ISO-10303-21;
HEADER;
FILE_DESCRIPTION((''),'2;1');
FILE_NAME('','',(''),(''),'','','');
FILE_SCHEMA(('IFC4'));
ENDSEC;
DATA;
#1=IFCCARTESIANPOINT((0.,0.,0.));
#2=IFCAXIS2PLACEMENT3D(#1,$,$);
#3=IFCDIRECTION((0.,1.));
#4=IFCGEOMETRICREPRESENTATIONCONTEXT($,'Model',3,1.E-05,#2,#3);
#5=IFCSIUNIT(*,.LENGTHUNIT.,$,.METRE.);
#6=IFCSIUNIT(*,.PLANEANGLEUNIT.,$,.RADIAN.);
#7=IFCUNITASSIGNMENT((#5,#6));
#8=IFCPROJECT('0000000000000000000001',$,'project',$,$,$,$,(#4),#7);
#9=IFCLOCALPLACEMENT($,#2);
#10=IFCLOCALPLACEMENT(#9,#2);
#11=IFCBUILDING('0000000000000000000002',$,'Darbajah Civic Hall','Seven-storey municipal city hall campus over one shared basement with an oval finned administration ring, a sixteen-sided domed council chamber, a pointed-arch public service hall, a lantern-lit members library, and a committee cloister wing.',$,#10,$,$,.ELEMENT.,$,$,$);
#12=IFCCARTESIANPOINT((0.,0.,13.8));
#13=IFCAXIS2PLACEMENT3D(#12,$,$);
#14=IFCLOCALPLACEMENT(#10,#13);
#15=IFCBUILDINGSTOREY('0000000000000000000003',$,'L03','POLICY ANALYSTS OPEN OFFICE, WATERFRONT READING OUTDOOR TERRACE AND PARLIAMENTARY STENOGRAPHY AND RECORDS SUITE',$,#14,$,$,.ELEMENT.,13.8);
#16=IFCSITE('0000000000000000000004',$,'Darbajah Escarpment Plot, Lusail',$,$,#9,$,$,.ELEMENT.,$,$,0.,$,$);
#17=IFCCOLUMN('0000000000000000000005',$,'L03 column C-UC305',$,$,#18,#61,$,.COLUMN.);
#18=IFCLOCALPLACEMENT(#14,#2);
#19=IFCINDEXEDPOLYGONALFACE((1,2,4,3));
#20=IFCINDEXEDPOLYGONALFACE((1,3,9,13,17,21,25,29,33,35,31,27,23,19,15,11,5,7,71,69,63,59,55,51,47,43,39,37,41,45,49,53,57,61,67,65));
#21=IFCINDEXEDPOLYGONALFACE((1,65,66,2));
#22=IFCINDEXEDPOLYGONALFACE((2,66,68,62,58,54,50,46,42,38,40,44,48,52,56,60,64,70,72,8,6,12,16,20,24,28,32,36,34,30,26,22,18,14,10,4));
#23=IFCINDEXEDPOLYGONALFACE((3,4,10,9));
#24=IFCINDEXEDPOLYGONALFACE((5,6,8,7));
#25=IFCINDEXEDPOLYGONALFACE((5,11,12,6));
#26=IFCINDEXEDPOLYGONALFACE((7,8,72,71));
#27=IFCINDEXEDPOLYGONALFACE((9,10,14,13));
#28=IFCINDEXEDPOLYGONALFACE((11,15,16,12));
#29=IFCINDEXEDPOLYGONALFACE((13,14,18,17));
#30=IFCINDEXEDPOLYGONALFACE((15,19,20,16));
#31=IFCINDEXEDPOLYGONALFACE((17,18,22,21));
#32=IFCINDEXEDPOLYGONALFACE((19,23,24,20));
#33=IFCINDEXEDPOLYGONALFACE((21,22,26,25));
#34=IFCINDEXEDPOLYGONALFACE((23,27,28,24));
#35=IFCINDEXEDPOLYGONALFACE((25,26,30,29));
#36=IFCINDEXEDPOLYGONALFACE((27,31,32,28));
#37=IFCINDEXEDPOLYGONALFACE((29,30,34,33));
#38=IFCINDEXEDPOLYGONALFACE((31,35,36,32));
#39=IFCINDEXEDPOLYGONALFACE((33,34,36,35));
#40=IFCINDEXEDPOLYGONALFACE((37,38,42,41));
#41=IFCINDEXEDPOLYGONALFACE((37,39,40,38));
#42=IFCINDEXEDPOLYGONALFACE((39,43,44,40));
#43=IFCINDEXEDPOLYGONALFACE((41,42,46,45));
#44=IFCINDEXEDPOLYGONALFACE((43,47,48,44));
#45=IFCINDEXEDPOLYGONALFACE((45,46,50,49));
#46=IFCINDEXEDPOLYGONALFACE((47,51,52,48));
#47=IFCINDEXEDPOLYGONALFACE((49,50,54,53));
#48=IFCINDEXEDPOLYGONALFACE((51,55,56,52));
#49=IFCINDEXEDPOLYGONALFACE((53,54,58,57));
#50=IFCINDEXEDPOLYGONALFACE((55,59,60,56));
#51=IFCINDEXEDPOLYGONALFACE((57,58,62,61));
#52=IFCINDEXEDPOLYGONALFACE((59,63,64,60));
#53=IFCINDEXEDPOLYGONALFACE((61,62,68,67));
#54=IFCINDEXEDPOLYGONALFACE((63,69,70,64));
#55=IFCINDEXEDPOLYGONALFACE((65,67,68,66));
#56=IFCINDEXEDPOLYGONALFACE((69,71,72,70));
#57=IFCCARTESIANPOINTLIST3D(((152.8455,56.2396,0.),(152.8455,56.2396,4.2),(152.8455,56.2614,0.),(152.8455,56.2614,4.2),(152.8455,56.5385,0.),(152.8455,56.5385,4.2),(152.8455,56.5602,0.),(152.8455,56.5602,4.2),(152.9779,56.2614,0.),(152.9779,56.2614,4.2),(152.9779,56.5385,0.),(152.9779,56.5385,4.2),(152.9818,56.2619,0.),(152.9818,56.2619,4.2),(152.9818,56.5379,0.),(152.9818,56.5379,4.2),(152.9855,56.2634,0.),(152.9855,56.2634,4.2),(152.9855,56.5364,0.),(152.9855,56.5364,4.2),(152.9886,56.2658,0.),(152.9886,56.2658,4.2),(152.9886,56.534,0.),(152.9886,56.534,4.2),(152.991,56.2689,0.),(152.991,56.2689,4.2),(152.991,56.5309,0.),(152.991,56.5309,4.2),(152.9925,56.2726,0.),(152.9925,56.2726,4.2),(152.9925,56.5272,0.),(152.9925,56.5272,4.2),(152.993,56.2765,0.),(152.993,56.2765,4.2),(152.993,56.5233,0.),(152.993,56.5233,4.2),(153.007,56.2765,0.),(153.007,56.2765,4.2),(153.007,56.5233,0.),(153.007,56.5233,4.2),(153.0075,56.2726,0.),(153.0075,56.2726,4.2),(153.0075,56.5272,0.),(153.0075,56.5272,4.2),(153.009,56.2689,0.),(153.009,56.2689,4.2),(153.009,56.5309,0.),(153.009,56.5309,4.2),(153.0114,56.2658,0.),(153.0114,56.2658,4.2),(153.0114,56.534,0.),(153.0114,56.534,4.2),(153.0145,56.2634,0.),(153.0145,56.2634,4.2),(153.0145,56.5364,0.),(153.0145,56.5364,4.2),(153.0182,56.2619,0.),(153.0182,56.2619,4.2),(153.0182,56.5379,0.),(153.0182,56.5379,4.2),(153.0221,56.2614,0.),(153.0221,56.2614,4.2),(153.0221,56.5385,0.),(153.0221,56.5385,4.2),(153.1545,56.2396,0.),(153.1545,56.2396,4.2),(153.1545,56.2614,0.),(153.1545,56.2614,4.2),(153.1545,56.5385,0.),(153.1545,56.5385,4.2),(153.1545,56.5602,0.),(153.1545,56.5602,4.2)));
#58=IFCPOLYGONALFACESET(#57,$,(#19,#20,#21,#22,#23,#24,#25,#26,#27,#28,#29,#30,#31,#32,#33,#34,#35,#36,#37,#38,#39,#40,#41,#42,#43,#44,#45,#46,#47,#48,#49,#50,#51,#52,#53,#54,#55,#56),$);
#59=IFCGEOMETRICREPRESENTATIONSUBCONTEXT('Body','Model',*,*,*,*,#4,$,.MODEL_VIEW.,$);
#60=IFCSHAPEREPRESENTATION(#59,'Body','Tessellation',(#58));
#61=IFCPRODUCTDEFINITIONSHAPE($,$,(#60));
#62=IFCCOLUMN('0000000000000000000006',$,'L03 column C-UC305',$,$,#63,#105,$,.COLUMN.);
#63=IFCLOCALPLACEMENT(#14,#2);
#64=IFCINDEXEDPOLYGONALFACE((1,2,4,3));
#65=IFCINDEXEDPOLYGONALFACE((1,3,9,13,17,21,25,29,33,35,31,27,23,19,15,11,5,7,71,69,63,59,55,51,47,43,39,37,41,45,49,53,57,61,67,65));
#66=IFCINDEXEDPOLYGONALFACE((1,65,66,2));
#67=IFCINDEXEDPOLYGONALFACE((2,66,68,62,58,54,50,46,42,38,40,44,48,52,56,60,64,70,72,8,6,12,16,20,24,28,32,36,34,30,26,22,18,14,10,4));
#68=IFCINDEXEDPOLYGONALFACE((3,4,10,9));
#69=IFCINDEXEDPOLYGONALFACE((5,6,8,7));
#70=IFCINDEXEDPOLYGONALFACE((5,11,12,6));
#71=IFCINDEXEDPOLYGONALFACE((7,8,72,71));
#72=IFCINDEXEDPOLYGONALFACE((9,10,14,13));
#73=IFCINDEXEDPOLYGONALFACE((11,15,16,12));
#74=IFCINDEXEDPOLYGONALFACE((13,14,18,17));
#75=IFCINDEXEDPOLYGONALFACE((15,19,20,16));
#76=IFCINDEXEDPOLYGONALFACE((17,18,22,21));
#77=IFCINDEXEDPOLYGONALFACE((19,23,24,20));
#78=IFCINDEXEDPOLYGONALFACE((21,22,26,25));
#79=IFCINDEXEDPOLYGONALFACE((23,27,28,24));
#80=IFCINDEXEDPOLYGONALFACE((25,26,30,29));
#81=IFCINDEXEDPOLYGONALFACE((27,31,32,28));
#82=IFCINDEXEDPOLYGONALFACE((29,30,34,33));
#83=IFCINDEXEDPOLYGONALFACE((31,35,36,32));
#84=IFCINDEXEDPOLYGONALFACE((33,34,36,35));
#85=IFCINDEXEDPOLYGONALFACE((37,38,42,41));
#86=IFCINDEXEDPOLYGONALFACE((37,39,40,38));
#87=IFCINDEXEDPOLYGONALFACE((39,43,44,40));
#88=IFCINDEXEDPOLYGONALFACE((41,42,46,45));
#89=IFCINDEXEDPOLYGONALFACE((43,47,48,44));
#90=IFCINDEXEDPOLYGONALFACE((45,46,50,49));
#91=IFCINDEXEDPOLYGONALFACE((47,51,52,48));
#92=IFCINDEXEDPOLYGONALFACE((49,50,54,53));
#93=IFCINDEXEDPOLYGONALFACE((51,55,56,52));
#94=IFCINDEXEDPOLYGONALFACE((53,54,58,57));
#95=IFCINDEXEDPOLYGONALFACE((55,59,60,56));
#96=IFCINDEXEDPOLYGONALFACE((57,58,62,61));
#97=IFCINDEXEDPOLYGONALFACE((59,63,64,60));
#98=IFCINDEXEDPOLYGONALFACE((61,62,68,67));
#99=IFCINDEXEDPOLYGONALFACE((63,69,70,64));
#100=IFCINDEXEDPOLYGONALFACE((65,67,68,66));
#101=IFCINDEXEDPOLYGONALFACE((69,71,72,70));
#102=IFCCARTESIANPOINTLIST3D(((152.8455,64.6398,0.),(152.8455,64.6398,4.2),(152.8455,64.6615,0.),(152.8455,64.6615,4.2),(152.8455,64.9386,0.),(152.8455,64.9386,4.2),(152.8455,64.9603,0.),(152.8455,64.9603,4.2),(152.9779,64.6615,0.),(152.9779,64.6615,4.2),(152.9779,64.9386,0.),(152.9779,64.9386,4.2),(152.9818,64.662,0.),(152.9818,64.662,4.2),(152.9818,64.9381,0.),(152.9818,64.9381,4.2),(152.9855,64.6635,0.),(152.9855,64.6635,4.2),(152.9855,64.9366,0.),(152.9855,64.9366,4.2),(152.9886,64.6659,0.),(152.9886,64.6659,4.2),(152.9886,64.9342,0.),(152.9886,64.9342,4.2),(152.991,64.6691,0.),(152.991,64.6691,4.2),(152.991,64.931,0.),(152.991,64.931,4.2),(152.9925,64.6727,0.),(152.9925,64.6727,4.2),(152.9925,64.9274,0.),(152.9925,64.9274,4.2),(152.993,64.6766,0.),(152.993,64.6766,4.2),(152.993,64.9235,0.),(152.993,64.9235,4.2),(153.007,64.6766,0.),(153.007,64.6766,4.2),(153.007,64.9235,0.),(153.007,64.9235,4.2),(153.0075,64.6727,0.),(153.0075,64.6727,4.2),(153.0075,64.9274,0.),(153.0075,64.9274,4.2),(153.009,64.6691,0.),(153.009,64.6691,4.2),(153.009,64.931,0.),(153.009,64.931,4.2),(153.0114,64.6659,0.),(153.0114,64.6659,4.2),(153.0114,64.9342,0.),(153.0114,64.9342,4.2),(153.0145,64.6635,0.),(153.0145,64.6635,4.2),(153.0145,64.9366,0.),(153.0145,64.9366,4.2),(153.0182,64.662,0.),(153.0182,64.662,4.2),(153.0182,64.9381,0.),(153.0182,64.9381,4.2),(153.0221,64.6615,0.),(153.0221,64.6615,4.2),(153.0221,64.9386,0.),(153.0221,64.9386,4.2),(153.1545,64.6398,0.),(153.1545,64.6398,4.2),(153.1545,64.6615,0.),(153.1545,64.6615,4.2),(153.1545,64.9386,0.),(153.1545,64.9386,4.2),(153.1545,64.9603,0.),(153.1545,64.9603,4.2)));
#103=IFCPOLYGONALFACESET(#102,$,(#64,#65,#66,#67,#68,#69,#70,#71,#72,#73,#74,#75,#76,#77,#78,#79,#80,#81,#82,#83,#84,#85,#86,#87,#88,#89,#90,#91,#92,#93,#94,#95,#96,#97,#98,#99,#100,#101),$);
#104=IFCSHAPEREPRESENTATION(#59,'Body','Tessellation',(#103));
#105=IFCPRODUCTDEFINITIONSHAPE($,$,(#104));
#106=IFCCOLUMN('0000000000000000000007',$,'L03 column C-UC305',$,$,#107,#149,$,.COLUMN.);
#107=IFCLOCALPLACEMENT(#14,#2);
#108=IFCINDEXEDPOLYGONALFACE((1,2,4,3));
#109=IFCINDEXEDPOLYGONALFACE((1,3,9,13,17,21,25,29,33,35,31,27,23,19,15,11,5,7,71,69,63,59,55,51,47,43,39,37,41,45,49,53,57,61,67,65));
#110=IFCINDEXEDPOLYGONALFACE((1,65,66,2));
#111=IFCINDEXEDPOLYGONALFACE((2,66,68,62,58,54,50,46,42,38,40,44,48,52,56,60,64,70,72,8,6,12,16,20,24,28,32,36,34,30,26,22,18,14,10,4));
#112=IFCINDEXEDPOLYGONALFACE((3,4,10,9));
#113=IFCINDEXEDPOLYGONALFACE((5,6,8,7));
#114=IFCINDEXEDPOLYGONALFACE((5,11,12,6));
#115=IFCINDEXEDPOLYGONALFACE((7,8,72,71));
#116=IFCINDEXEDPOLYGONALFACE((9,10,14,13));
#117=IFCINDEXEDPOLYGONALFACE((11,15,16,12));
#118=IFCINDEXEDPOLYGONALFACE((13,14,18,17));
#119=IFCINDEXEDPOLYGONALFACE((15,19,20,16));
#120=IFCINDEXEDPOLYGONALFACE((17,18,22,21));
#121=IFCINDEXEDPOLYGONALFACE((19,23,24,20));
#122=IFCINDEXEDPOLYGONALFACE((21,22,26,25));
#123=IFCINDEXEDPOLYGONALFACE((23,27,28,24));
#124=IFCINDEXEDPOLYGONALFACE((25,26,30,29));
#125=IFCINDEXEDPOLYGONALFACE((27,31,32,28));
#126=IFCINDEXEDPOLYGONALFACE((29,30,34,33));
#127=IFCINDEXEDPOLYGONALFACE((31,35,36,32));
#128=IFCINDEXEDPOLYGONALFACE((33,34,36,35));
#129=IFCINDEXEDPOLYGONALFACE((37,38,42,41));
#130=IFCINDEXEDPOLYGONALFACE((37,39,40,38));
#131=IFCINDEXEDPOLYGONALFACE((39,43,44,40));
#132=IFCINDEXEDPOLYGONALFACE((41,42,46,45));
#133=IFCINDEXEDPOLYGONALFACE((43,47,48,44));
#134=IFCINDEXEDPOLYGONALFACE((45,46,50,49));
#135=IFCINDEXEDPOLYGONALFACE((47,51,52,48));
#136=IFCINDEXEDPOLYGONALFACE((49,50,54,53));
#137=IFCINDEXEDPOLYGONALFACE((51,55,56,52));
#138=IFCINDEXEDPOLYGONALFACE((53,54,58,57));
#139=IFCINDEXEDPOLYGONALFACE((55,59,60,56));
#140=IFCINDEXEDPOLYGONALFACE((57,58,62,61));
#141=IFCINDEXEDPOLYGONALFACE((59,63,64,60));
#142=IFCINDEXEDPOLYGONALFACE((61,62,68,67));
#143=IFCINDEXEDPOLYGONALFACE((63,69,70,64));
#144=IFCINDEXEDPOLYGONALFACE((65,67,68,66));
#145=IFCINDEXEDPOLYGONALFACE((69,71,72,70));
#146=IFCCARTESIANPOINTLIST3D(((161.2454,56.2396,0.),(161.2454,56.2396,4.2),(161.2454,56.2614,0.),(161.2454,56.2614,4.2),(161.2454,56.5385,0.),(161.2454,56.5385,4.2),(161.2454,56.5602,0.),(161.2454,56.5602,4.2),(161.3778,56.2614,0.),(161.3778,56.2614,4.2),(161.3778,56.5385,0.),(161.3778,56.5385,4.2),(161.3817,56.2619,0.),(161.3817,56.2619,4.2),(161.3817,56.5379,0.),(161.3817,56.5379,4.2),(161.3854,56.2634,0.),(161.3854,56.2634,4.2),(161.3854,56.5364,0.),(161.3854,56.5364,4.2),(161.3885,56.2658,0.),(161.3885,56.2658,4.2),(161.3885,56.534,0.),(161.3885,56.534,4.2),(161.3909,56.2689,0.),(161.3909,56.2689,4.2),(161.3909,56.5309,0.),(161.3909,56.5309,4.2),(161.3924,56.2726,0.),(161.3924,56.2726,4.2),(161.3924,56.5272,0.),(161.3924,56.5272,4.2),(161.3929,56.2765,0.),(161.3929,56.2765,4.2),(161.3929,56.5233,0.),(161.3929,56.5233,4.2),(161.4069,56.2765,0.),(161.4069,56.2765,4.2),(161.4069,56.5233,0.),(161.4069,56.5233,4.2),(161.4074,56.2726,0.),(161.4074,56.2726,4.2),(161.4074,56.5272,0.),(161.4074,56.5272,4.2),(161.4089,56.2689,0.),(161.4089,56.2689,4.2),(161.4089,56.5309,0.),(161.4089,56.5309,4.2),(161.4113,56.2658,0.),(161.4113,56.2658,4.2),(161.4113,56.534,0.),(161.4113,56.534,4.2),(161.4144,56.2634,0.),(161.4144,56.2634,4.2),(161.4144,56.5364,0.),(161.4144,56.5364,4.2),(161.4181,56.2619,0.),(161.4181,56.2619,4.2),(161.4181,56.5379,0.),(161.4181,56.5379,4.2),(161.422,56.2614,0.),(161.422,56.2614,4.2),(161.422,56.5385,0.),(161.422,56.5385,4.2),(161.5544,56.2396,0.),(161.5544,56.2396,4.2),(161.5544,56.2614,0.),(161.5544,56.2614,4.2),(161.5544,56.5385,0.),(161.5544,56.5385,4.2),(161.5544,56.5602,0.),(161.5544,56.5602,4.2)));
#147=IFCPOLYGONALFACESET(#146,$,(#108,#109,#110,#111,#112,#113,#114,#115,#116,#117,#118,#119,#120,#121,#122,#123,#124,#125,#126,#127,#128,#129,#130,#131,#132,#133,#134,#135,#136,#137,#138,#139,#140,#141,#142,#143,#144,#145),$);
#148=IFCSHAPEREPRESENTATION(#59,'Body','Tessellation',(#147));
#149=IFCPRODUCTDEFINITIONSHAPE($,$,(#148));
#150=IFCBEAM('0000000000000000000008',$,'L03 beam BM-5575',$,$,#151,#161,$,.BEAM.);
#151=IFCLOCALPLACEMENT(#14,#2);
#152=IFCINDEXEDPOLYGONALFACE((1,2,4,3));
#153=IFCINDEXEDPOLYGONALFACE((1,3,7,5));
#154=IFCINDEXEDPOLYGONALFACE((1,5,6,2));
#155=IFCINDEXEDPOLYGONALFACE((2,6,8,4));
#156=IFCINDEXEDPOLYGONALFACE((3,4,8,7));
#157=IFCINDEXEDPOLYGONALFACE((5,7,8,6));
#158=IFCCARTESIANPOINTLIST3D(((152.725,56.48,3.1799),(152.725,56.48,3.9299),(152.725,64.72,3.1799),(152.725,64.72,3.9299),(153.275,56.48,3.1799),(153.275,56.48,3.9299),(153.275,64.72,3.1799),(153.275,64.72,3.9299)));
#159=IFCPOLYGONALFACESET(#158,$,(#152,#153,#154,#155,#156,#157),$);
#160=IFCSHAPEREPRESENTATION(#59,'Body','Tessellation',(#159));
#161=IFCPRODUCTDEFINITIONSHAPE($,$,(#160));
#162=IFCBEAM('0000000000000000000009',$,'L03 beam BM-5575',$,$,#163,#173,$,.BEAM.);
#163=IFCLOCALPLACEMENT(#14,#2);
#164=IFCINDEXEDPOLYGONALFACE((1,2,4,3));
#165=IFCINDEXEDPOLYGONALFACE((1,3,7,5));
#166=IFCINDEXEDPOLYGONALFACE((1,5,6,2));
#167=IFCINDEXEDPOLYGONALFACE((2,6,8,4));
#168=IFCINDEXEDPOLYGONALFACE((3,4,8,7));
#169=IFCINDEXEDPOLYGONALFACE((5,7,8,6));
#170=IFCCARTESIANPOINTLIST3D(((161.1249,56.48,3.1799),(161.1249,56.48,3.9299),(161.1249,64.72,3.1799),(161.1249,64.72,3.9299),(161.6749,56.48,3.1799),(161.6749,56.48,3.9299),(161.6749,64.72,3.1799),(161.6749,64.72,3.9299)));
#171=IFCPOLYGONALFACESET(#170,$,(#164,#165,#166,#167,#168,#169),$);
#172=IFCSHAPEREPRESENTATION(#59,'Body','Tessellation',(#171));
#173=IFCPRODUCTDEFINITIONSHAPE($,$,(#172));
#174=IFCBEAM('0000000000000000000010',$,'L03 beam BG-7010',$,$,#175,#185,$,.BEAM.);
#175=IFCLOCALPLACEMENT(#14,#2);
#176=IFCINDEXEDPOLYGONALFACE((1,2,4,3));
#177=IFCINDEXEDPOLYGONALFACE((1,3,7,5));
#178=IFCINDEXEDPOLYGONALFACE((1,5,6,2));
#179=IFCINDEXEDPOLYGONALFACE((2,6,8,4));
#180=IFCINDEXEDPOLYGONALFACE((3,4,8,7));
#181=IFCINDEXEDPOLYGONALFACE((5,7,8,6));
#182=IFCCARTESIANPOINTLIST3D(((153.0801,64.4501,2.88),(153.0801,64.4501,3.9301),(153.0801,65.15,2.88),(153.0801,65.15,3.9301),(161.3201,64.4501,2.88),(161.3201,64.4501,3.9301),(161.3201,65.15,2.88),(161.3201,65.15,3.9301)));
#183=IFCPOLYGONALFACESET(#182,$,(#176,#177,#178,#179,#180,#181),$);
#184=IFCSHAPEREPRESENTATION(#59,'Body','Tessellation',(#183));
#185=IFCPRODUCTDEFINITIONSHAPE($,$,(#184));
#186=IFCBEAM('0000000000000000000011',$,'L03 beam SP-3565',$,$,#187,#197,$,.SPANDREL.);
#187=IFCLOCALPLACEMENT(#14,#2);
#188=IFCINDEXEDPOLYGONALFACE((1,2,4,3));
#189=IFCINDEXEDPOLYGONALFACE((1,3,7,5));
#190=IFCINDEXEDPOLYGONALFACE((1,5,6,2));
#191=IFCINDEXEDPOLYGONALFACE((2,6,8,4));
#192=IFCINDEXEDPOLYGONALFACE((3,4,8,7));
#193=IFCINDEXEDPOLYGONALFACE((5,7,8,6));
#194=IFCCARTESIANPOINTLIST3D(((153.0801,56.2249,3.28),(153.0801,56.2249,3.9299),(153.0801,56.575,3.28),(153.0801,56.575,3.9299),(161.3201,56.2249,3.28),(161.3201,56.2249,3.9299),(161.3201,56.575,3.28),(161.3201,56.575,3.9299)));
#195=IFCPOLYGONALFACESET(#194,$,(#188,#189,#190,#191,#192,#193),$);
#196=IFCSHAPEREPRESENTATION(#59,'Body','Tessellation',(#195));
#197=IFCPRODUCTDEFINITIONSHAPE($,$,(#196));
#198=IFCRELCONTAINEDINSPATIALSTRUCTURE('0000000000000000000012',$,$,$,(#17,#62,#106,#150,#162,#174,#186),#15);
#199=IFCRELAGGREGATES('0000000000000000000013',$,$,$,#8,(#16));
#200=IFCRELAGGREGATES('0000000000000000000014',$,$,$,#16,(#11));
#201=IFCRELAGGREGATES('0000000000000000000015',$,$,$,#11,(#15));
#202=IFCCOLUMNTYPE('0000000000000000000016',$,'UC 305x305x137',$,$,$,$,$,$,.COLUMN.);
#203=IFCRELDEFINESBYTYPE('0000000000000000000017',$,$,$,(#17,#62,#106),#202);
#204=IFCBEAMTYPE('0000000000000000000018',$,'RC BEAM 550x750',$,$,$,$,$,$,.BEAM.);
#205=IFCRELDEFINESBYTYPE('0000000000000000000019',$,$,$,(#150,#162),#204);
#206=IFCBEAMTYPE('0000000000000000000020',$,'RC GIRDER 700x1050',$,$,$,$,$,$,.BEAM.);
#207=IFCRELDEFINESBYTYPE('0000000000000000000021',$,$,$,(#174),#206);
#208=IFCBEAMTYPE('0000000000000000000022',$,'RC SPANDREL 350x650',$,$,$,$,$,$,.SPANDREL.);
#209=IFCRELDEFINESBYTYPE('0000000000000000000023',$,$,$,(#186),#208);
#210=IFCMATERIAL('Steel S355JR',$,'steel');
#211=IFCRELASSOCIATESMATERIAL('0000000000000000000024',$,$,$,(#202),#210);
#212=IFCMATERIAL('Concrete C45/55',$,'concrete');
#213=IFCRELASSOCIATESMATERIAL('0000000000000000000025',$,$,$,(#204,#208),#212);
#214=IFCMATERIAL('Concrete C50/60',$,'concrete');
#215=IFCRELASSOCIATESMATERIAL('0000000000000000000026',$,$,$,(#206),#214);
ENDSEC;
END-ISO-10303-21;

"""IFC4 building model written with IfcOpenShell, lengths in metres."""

from ifc_helpers import new_model, si_unit, direction, frame, origin, origin_2d, place, context, subcontext, project, spatial, rectangle, i_section, extrude, material, material_profile, profile_set, type_object, element, save


model = new_model("IFC4")

# Units and contexts
model_context = context("Model", 3, precision=1e-05, world=origin(), true_north=direction((0.0, 1.0)))
body_context = subcontext(model_context, "Body", "Model", "MODEL_VIEW")
ifc_project = project(units=[si_unit("LENGTHUNIT", "METRE"), si_unit("PLANEANGLEUNIT", "RADIAN")], contexts=[model_context])

# Site, building, storey
site_placement = place(None, origin())
site = spatial("IfcSite", under=ifc_project, at=site_placement, Name="Darbajah Escarpment Plot, Lusail", CompositionType="ELEMENT", RefElevation=0.0)
building_placement = place(site_placement, origin())
building = spatial("IfcBuilding", under=site, at=building_placement, Name="Darbajah Civic Hall", Description="Seven-storey municipal city hall campus over one shared basement with an oval finned administration ring, a sixteen-sided domed council chamber, a pointed-arch public service hall, a lantern-lit members library, and a committee cloister wing.", CompositionType="ELEMENT")
storey_placement = place(building_placement, frame((0.0, 0.0, 13.8)))
storey = spatial("IfcBuildingStorey", under=building, at=storey_placement, Name="L03", Description="POLICY ANALYSTS OPEN OFFICE, WATERFRONT READING OUTDOOR TERRACE AND PARLIAMENTARY STENOGRAPHY AND RECORDS SUITE", CompositionType="ELEMENT", Elevation=13.8)

# Columns
ifc_material_1 = material(Name="Steel S355JR", Category="steel")
ifc_material_profile_1 = material_profile(ifc_material_1, i_section(OverallWidth=0.3091, OverallDepth=0.3206, WebThickness=0.0139, FlangeThickness=0.0217, FilletRadius=0.0151, at=origin_2d()), Name="UC 305x305x137")
ifc_profile_set_1 = profile_set([ifc_material_profile_1], Name="Steel S355JR")
column_type = type_object("IfcColumnType", Name="UC 305x305x137", PredefinedType="COLUMN", material=ifc_profile_set_1)
for number, where, z_axis, x_axis, name in (
    (1, (153.0, 56.3999, 0.0), (0.0, 0.0, 1.0), (1.0, 0.0, 0.0), "L03 column C-UC305"),
    (2, (153.0, 64.8, 0.0), (0.0, 0.0, 1.0), (1.0, 0.0, 0.0), "L03 column C-UC305"),
    (3, (161.3999, 56.3999, 0.0), (0.0, 0.0, 1.0), (1.0, 0.0, 0.0), "L03 column C-UC305"),
):
    element("IfcColumn", number, at=place(storey_placement, frame(where, z_axis=z_axis, x_axis=x_axis)), inside=storey, type_object=column_type, Name=name, PredefinedType="COLUMN", context=body_context, shape_type="SweptSolid", body=[
        extrude(i_section(OverallWidth=0.3091, OverallDepth=0.3206, WebThickness=0.0139, FlangeThickness=0.0217, FilletRadius=0.0151, at=origin_2d()), origin(), (0.0, 0.0, 1.0), 4.2),
    ])

# Beams
ifc_material_2 = material(Name="Concrete C45/55", Category="concrete")
ifc_material_profile_2 = material_profile(ifc_material_2, rectangle(XDim=0.55, YDim=0.75, at=origin_2d()), Name="RC BEAM 550x750")
ifc_profile_set_2 = profile_set([ifc_material_profile_2], Name="Concrete C45/55")
beam_type_1 = type_object("IfcBeamType", Name="RC BEAM 550x750", PredefinedType="BEAM", material=ifc_profile_set_2)
for number, where, z_axis, x_axis, name in (
    (4, (153.0, 56.48, 3.5549), (0.0, 1.0, 0.0), (-1.0, 0.0, 0.0), "L03 beam BM-5575"),
    (5, (161.3999, 56.48, 3.5549), (0.0, 1.0, 0.0), (-1.0, 0.0, 0.0), "L03 beam BM-5575"),
):
    element("IfcBeam", number, at=place(storey_placement, frame(where, z_axis=z_axis, x_axis=x_axis)), inside=storey, type_object=beam_type_1, Name=name, PredefinedType="BEAM", context=body_context, shape_type="SweptSolid", body=[
        extrude(rectangle(XDim=0.55, YDim=0.75, at=origin_2d()), origin(), (0.0, 0.0, 1.0), 8.24),
    ])
ifc_material_3 = material(Name="Concrete C50/60", Category="concrete")
ifc_material_profile_3 = material_profile(ifc_material_3, rectangle(XDim=0.7, YDim=1.05, at=origin_2d()), Name="RC GIRDER 700x1050")
ifc_profile_set_3 = profile_set([ifc_material_profile_3], Name="Concrete C50/60")
beam_type_2 = type_object("IfcBeamType", Name="RC GIRDER 700x1050", PredefinedType="BEAM", material=ifc_profile_set_3)
beam_1_placement = place(storey_placement, frame((153.0801, 64.8, 3.405), z_axis=(1.0, 0.0, 0.0), x_axis=(0.0, 1.0, 0.0)))
element("IfcBeam", 6, at=beam_1_placement, inside=storey, type_object=beam_type_2, Name="L03 beam BG-7010", PredefinedType="BEAM", context=body_context, shape_type="SweptSolid", body=[
    extrude(rectangle(XDim=0.7, YDim=1.05, at=origin_2d()), origin(), (0.0, 0.0, 1.0), 8.24),
])
ifc_material_profile_4 = material_profile(ifc_material_2, rectangle(XDim=0.3501, YDim=0.6499, at=origin_2d()), Name="RC SPANDREL 350x650")
ifc_profile_set_4 = profile_set([ifc_material_profile_4], Name="Concrete C45/55")
beam_type_3 = type_object("IfcBeamType", Name="RC SPANDREL 350x650", PredefinedType="SPANDREL", material=ifc_profile_set_4)
beam_2_placement = place(storey_placement, frame((153.0801, 56.3999, 3.605), z_axis=(1.0, 0.0, 0.0), x_axis=(0.0, 1.0, 0.0)))
element("IfcBeam", 7, at=beam_2_placement, inside=storey, type_object=beam_type_3, Name="L03 beam SP-3565", PredefinedType="SPANDREL", context=body_context, shape_type="SweptSolid", body=[
    extrude(rectangle(XDim=0.3501, YDim=0.6499, at=origin_2d()), origin(), (0.0, 0.0, 1.0), 8.24),
])

save(model, "model.ifc")
